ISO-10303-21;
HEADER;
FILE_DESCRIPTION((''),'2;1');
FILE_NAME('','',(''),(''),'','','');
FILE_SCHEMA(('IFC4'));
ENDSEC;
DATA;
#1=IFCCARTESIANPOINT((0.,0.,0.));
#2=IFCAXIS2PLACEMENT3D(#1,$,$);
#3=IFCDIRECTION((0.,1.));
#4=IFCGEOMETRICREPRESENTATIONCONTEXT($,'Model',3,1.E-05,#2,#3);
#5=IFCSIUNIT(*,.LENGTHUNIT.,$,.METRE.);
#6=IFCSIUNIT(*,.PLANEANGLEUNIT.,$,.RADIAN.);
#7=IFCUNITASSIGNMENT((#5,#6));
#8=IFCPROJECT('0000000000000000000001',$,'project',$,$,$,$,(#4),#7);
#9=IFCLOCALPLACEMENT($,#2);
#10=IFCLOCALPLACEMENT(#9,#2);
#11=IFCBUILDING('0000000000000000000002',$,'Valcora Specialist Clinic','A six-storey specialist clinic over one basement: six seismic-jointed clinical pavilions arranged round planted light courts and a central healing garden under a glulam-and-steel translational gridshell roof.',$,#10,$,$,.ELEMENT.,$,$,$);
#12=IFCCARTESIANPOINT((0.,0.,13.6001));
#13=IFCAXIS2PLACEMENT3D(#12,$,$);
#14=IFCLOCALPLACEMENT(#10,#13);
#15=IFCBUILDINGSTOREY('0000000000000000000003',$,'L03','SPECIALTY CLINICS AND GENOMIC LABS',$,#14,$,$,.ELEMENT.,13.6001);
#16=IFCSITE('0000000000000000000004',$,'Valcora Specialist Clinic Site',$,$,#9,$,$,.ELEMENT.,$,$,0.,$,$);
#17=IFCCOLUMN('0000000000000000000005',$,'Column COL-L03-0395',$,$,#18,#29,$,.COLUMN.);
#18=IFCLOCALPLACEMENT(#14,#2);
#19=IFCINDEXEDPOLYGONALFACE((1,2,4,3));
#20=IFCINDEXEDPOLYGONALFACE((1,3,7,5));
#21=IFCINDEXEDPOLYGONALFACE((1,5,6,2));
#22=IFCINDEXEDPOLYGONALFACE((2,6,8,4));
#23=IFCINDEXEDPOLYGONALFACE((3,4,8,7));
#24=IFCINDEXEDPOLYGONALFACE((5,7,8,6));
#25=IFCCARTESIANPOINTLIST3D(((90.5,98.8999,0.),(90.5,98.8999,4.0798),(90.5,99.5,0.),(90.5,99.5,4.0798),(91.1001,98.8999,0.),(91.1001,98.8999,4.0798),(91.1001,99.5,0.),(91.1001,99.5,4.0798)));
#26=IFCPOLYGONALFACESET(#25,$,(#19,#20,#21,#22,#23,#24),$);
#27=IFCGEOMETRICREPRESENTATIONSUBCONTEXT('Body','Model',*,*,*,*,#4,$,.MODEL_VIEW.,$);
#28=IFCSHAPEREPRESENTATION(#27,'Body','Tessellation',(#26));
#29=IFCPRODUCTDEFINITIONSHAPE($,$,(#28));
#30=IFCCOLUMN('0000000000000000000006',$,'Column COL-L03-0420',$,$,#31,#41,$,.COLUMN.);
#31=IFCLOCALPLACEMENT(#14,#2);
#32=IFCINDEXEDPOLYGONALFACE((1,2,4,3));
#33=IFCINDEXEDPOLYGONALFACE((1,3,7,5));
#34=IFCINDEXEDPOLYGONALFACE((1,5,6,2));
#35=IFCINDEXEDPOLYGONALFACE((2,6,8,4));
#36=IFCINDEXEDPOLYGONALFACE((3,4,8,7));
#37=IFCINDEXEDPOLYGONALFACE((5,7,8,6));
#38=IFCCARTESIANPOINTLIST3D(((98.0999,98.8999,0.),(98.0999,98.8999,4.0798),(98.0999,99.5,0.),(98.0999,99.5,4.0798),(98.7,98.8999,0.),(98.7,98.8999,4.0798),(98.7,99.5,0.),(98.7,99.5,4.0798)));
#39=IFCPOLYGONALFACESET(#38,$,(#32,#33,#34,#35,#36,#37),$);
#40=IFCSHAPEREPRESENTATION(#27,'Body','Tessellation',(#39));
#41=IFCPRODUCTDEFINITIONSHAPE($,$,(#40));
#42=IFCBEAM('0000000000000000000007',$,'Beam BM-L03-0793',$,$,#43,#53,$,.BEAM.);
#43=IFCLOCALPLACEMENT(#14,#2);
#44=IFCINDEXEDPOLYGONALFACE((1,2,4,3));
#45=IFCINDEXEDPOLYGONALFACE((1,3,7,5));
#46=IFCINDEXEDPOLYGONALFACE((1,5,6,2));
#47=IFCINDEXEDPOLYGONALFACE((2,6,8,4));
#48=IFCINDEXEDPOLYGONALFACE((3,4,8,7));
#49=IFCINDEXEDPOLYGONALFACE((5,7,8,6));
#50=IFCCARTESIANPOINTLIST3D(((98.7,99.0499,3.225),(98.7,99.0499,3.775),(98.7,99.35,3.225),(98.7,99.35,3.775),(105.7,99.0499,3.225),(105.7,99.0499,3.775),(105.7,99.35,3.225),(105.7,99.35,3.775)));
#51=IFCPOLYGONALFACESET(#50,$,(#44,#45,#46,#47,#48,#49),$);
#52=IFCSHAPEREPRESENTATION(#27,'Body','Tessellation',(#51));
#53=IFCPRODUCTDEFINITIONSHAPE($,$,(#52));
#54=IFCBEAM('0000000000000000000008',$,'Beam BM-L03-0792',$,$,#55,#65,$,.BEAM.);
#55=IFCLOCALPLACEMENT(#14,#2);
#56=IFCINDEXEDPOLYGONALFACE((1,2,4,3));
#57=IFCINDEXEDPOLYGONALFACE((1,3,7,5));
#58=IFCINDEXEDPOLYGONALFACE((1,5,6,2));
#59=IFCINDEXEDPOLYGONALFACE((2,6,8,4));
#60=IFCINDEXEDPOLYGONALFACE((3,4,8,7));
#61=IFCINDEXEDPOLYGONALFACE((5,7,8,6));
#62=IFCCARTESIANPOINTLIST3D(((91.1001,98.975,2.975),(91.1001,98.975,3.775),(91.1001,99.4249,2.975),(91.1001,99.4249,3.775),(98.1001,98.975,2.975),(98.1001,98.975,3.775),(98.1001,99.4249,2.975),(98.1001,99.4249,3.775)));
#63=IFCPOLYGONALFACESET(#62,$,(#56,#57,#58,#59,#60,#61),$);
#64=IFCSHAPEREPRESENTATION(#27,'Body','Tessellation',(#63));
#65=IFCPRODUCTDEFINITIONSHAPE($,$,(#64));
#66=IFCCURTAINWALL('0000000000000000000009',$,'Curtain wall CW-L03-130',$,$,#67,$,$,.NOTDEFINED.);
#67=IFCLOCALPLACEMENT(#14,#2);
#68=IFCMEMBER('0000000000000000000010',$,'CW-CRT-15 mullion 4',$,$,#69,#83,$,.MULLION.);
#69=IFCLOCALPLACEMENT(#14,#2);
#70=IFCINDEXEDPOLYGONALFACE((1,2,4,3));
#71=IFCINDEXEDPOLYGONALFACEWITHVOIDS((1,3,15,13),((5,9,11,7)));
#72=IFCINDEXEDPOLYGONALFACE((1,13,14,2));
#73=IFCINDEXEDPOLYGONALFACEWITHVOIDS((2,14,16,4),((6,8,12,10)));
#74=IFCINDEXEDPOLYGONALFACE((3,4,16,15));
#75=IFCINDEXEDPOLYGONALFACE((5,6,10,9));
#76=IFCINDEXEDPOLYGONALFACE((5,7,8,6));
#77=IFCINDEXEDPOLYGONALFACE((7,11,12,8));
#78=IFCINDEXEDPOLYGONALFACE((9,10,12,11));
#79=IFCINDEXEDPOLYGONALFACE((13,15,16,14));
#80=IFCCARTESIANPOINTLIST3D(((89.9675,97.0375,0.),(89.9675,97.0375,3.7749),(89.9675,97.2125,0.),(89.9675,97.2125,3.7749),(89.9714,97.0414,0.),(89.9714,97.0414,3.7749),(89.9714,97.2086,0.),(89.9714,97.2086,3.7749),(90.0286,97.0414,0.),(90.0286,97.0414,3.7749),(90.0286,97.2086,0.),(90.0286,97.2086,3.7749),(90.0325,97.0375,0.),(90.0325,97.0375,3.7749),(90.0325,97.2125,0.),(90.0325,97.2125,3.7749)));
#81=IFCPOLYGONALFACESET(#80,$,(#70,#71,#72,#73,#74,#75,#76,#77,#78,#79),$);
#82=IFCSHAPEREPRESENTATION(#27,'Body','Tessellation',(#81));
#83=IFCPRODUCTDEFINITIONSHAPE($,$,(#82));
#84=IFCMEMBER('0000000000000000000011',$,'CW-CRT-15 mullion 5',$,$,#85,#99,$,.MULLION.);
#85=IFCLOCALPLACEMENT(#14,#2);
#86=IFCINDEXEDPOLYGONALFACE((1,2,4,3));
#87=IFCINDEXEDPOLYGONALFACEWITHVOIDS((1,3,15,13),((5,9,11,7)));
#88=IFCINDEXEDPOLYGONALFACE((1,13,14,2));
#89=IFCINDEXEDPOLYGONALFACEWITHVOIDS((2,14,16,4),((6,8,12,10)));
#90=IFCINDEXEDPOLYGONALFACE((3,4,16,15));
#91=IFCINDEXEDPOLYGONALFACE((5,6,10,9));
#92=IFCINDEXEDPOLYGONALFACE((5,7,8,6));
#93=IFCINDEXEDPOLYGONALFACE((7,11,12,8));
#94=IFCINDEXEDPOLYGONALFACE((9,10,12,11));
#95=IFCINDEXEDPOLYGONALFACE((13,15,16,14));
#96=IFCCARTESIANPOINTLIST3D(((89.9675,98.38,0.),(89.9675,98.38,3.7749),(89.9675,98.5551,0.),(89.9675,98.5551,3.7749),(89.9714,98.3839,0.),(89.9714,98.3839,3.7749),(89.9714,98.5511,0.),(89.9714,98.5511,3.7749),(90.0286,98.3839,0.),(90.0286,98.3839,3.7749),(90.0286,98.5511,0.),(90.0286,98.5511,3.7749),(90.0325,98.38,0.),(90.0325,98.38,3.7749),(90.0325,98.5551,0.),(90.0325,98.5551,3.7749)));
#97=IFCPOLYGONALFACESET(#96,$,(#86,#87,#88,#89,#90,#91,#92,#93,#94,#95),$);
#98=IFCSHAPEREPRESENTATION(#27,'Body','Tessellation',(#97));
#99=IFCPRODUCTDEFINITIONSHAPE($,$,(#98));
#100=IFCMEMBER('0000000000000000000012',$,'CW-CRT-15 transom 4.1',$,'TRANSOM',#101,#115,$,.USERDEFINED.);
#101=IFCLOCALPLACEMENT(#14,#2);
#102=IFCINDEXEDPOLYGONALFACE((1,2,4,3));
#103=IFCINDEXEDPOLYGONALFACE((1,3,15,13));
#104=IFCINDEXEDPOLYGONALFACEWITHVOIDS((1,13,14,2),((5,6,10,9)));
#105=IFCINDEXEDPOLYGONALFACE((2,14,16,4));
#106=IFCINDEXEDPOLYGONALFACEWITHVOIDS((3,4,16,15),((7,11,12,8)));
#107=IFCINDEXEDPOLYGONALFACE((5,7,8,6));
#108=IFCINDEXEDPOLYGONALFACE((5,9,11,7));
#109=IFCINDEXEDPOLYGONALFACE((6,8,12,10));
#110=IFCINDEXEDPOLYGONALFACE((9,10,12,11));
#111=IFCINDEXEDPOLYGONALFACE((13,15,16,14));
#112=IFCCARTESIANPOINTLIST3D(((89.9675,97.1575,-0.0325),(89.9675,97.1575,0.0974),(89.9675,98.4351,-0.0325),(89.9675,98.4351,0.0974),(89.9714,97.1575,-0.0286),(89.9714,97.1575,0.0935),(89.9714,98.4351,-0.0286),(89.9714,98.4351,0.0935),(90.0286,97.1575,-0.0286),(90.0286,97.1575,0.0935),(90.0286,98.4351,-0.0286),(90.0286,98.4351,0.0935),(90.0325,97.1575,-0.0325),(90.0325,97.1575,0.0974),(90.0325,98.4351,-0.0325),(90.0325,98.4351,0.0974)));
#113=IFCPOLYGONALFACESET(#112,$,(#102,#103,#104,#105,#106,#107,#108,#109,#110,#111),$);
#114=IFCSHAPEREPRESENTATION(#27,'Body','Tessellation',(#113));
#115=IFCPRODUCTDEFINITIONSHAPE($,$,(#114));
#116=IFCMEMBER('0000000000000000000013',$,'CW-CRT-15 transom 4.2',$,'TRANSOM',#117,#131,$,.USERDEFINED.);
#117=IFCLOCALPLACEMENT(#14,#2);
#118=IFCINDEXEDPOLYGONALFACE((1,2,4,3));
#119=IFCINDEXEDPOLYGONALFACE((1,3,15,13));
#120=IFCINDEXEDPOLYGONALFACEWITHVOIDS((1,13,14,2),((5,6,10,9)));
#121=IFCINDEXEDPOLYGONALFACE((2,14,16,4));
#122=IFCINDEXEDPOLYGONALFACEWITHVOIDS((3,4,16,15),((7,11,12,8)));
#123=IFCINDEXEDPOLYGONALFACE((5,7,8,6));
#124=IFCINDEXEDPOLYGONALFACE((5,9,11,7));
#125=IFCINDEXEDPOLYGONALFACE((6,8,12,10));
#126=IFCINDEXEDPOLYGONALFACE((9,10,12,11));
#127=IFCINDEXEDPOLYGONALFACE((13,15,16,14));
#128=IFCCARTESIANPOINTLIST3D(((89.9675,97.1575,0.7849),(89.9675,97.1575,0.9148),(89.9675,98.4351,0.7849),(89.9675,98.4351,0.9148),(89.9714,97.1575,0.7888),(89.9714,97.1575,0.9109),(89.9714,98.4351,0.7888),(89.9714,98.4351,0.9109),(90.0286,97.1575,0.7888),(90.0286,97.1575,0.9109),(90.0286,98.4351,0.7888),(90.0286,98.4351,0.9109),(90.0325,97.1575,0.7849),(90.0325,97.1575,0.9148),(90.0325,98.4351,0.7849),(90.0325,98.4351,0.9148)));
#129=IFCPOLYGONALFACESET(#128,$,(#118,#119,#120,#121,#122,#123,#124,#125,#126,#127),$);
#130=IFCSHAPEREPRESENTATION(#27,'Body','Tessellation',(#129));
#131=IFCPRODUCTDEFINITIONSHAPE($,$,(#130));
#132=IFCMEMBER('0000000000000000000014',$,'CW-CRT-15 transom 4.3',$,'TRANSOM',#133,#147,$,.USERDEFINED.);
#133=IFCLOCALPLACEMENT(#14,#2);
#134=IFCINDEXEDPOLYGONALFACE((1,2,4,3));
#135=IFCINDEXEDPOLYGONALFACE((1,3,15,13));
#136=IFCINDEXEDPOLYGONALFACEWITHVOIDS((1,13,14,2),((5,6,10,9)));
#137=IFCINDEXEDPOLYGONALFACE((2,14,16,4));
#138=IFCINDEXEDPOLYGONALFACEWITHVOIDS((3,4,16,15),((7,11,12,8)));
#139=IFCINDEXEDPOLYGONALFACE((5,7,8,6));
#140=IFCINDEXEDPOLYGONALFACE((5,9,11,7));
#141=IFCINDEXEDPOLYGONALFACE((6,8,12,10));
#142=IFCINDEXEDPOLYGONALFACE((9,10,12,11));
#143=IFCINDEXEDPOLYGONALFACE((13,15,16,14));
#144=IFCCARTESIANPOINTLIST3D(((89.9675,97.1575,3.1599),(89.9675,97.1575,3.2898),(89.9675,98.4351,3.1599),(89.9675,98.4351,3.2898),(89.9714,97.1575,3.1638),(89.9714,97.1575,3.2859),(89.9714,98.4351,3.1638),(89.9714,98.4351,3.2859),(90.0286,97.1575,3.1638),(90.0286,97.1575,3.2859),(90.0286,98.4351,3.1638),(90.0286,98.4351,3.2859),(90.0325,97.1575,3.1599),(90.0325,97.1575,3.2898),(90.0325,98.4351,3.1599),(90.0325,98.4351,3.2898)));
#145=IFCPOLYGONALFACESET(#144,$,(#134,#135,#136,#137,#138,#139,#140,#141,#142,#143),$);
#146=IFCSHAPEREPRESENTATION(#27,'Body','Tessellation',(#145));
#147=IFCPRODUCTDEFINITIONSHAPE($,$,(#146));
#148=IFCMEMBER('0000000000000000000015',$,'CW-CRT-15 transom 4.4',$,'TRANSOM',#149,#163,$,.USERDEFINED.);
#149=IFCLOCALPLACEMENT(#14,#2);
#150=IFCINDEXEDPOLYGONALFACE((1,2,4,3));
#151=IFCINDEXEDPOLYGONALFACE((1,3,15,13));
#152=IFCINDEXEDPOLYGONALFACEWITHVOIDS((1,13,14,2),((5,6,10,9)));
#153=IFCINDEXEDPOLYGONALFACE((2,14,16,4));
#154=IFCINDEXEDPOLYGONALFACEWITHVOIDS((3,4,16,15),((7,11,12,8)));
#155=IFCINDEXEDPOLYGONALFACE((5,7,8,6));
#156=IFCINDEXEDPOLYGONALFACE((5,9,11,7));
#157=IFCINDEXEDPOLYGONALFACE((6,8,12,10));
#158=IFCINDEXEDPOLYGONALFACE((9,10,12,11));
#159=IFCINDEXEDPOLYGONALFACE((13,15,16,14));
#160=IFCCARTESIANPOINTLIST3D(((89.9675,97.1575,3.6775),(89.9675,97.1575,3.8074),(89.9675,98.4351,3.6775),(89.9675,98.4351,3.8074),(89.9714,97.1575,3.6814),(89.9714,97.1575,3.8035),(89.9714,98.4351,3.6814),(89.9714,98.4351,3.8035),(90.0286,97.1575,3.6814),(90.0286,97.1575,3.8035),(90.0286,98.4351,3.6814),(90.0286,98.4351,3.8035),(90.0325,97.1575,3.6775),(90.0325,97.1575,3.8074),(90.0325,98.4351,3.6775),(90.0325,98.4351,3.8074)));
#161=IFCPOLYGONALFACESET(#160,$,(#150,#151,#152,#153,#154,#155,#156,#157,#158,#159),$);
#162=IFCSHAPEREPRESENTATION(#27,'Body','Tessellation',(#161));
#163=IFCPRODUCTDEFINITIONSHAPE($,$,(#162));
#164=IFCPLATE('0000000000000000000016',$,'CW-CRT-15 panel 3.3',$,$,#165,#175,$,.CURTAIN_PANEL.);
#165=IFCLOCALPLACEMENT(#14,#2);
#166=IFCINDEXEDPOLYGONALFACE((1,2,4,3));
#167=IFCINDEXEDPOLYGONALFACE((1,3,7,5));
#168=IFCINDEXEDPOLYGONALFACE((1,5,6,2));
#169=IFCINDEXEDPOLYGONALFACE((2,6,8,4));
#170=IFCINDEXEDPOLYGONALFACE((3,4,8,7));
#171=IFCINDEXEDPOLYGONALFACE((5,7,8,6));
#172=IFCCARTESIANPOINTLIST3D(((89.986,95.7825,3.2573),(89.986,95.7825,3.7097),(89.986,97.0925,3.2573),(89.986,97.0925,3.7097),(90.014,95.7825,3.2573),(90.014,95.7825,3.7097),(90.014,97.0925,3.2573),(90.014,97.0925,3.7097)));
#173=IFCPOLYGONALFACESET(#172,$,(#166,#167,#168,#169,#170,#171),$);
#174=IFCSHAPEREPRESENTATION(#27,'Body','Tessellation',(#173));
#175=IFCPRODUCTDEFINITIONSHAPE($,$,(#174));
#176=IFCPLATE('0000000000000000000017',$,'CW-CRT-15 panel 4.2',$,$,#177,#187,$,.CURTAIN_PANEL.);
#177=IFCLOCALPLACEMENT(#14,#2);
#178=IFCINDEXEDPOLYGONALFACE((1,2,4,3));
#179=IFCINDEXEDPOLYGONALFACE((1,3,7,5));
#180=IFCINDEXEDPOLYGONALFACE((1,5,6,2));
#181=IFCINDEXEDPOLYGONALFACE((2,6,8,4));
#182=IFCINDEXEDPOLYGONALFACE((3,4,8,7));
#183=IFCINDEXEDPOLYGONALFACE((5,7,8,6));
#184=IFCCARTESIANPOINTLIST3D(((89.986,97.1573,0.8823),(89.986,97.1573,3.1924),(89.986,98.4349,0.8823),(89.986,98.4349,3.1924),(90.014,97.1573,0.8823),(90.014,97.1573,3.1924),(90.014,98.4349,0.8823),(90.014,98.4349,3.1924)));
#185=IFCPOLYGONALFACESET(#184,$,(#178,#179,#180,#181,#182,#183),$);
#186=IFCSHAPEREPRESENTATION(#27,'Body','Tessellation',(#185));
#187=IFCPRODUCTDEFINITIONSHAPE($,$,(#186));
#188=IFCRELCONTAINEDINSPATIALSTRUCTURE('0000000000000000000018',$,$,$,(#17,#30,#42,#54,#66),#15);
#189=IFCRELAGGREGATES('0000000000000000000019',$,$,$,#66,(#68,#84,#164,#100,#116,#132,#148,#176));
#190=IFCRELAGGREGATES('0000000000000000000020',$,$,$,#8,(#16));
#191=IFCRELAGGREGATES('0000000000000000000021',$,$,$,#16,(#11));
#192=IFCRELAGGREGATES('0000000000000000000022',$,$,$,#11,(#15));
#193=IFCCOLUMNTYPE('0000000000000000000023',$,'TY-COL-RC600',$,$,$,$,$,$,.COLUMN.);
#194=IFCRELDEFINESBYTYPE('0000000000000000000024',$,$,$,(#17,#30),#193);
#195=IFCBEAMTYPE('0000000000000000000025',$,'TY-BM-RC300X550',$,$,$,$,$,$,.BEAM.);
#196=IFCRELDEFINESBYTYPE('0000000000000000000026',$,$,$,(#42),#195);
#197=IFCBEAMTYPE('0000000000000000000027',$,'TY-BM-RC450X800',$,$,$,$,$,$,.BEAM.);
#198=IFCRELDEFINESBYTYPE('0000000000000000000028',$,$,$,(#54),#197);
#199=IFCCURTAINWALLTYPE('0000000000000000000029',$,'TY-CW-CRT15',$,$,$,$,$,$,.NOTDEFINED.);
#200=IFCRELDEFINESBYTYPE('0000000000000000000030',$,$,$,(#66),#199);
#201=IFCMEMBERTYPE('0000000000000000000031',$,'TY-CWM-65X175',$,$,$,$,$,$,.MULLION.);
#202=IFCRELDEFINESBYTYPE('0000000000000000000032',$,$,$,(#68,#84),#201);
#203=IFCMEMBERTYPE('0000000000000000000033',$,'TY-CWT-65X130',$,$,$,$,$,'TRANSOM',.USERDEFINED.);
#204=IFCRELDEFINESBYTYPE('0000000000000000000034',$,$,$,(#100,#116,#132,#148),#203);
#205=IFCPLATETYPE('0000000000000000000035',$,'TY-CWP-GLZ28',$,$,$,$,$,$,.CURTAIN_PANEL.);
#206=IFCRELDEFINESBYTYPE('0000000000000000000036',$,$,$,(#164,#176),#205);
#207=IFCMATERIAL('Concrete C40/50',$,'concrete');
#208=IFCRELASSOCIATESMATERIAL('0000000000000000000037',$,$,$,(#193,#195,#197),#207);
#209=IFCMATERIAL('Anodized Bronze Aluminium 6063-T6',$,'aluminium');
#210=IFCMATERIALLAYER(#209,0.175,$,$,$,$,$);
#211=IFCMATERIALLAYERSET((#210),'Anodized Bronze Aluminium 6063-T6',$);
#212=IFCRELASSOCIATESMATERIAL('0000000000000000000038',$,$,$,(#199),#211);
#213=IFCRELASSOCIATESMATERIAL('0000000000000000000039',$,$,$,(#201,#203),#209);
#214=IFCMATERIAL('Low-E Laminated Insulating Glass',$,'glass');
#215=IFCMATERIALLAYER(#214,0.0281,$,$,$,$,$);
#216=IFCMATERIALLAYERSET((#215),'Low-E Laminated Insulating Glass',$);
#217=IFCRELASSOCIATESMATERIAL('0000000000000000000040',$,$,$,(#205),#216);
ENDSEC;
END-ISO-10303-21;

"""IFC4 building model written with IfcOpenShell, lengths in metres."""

from ifc_helpers import new_model, si_unit, direction, frame, origin, origin_2d, place, context, subcontext, project, spatial, rectangle, hollow_rectangle, extrude, material, layer, layer_set, material_profile, profile_set, type_object, element, aggregate, save


model = new_model("IFC4")

# Units and contexts
model_context = context("Model", 3, precision=1e-05, world=origin(), true_north=direction((0.0, 1.0)))
body_context = subcontext(model_context, "Body", "Model", "MODEL_VIEW")
ifc_project = project(units=[si_unit("LENGTHUNIT", "METRE"), si_unit("PLANEANGLEUNIT", "RADIAN")], contexts=[model_context])

# Site, building, storey
site_placement = place(None, origin())
site = spatial("IfcSite", under=ifc_project, at=site_placement, Name="Valcora Specialist Clinic Site", CompositionType="ELEMENT", RefElevation=0.0)
building_placement = place(site_placement, origin())
building = spatial("IfcBuilding", under=site, at=building_placement, Name="Valcora Specialist Clinic", Description="A six-storey specialist clinic over one basement: six seismic-jointed clinical pavilions arranged round planted light courts and a central healing garden under a glulam-and-steel translational gridshell roof.", CompositionType="ELEMENT")
storey_placement = place(building_placement, frame((0.0, 0.0, 13.6001)))
storey = spatial("IfcBuildingStorey", under=building, at=storey_placement, Name="L03", Description="SPECIALTY CLINICS AND GENOMIC LABS", CompositionType="ELEMENT", Elevation=13.6001)

# Columns
ifc_material_1 = material(Name="Concrete C40/50", Category="concrete")
ifc_material_profile_1 = material_profile(ifc_material_1, rectangle(XDim=0.6001, YDim=0.6001, at=origin_2d()), Name="RC-COL-600X600")
ifc_profile_set_1 = profile_set([ifc_material_profile_1], Name="Concrete C40/50")
column_type = type_object("IfcColumnType", Name="TY-COL-RC600", PredefinedType="COLUMN", material=ifc_profile_set_1)
for number, where, z_axis, x_axis, name in (
    (1, (90.8, 99.2, 0.0), (0.0, 0.0, 1.0), (1.0, 0.0, 0.0), "Column COL-L03-0395"),
    (2, (98.3999, 99.2, 0.0), (0.0, 0.0, 1.0), (1.0, 0.0, 0.0), "Column COL-L03-0420"),
):
    element("IfcColumn", number, at=place(storey_placement, frame(where, z_axis=z_axis, x_axis=x_axis)), inside=storey, type_object=column_type, Name=name, PredefinedType="COLUMN", context=body_context, shape_type="SweptSolid", body=[
        extrude(rectangle(XDim=0.6001, YDim=0.6001, at=origin_2d()), origin(), (0.0, 0.0, 1.0), 4.0798),
    ])

# Beams
ifc_material_profile_2 = material_profile(ifc_material_1, rectangle(XDim=0.3, YDim=0.55, at=origin_2d()), Name="RC-BM-300X550")
ifc_profile_set_2 = profile_set([ifc_material_profile_2], Name="Concrete C40/50")
beam_type_1 = type_object("IfcBeamType", Name="TY-BM-RC300X550", PredefinedType="BEAM", material=ifc_profile_set_2)
beam_1_placement = place(storey_placement, frame((98.7, 99.2, 3.5), z_axis=(1.0, 0.0, 0.0), x_axis=(0.0, 1.0, 0.0)))
element("IfcBeam", 3, at=beam_1_placement, inside=storey, type_object=beam_type_1, Name="Beam BM-L03-0793", PredefinedType="BEAM", context=body_context, shape_type="SweptSolid", body=[
    extrude(rectangle(XDim=0.3, YDim=0.55, at=origin_2d()), origin(), (0.0, 0.0, 1.0), 7.0),
])
ifc_material_profile_3 = material_profile(ifc_material_1, rectangle(XDim=0.45, YDim=0.8, at=origin_2d()), Name="RC-BM-450X800")
ifc_profile_set_3 = profile_set([ifc_material_profile_3], Name="Concrete C40/50")
beam_type_2 = type_object("IfcBeamType", Name="TY-BM-RC450X800", PredefinedType="BEAM", material=ifc_profile_set_3)
beam_2_placement = place(storey_placement, frame((91.1001, 99.2, 3.375), z_axis=(1.0, 0.0, 0.0), x_axis=(0.0, 1.0, 0.0)))
element("IfcBeam", 4, at=beam_2_placement, inside=storey, type_object=beam_type_2, Name="Beam BM-L03-0792", PredefinedType="BEAM", context=body_context, shape_type="SweptSolid", body=[
    extrude(rectangle(XDim=0.45, YDim=0.8, at=origin_2d()), origin(), (0.0, 0.0, 1.0), 7.0),
])

# Curtain wall, members, plates
ifc_material_2 = material(Name="Anodized Bronze Aluminium 6063-T6", Category="aluminium")
ifc_layer_1 = layer(ifc_material_2, 0.175)
ifc_layer_set_1 = layer_set([ifc_layer_1], Name="Anodized Bronze Aluminium 6063-T6")
curtain_wall_type = type_object("IfcCurtainWallType", Name="TY-CW-CRT15", PredefinedType="NOTDEFINED", material=ifc_layer_set_1)
curtain_wall_placement = place(storey_placement, origin())
curtain_wall = element("IfcCurtainWall", 5, at=curtain_wall_placement, inside=storey, type_object=curtain_wall_type, Name="Curtain wall CW-L03-130", PredefinedType="NOTDEFINED")
ifc_material_profile_4 = material_profile(ifc_material_2, hollow_rectangle(XDim=0.0649, YDim=0.175, WallThickness=0.0039, at=origin_2d()), Name="AL-MUL-65X175")
ifc_profile_set_4 = profile_set([ifc_material_profile_4], Name="Anodized Bronze Aluminium 6063-T6")
member_type_1 = type_object("IfcMemberType", Name="TY-CWM-65X175", PredefinedType="MULLION", material=ifc_profile_set_4)
member_1_placement = place(storey_placement, frame((90.0, 97.125, 0.0), z_axis=(0.0, 0.0, 1.0), x_axis=(-1.0, 0.0, 0.0)))
member_1 = element("IfcMember", 6, at=member_1_placement, type_object=member_type_1, Name="CW-CRT-15 mullion 4", PredefinedType="MULLION", context=body_context, shape_type="SweptSolid", body=[
    extrude(hollow_rectangle(XDim=0.0649, YDim=0.175, WallThickness=0.0039, at=origin_2d()), origin(), (0.0, 0.0, 1.0), 3.7749),
])
member_2_placement = place(storey_placement, frame((90.0, 98.4675, 0.0), z_axis=(0.0, 0.0, 1.0), x_axis=(-1.0, 0.0, 0.0)))
member_2 = element("IfcMember", 7, at=member_2_placement, type_object=member_type_1, Name="CW-CRT-15 mullion 5", PredefinedType="MULLION", context=body_context, shape_type="SweptSolid", body=[
    extrude(hollow_rectangle(XDim=0.0649, YDim=0.175, WallThickness=0.0039, at=origin_2d()), origin(), (0.0, 0.0, 1.0), 3.7749),
])
ifc_material_profile_5 = material_profile(ifc_material_2, hollow_rectangle(XDim=0.0649, YDim=0.1299, WallThickness=0.0039, at=origin_2d()), Name="AL-TRN-65X130")
ifc_profile_set_5 = profile_set([ifc_material_profile_5], Name="Anodized Bronze Aluminium 6063-T6")
member_type_2 = type_object("IfcMemberType", Name="TY-CWT-65X130", ElementType="TRANSOM", PredefinedType="USERDEFINED", material=ifc_profile_set_5)
member_3_placement = place(storey_placement, frame((90.0, 97.1575, 0.0325), z_axis=(0.0, 1.0, 0.0), x_axis=(-1.0, 0.0, 0.0)))
member_3 = element("IfcMember", 8, at=member_3_placement, type_object=member_type_2, Name="CW-CRT-15 transom 4.1", ObjectType="TRANSOM", PredefinedType="USERDEFINED", context=body_context, shape_type="SweptSolid", body=[
    extrude(hollow_rectangle(XDim=0.0649, YDim=0.1299, WallThickness=0.0039, at=origin_2d()), origin(), (0.0, 0.0, 1.0), 1.2776),
])
member_4_placement = place(storey_placement, frame((90.0, 97.1575, 0.8499), z_axis=(0.0, 1.0, 0.0), x_axis=(-1.0, 0.0, 0.0)))
member_4 = element("IfcMember", 9, at=member_4_placement, type_object=member_type_2, Name="CW-CRT-15 transom 4.2", ObjectType="TRANSOM", PredefinedType="USERDEFINED", context=body_context, shape_type="SweptSolid", body=[
    extrude(hollow_rectangle(XDim=0.0649, YDim=0.1299, WallThickness=0.0039, at=origin_2d()), origin(), (0.0, 0.0, 1.0), 1.2776),
])
member_5_placement = place(storey_placement, frame((90.0, 97.1575, 3.2249), z_axis=(0.0, 1.0, 0.0), x_axis=(-1.0, 0.0, 0.0)))
member_5 = element("IfcMember", 10, at=member_5_placement, type_object=member_type_2, Name="CW-CRT-15 transom 4.3", ObjectType="TRANSOM", PredefinedType="USERDEFINED", context=body_context, shape_type="SweptSolid", body=[
    extrude(hollow_rectangle(XDim=0.0649, YDim=0.1299, WallThickness=0.0039, at=origin_2d()), origin(), (0.0, 0.0, 1.0), 1.2776),
])
member_6_placement = place(storey_placement, frame((90.0, 97.1575, 3.7424), z_axis=(0.0, 1.0, 0.0), x_axis=(-1.0, 0.0, 0.0)))
member_6 = element("IfcMember", 11, at=member_6_placement, type_object=member_type_2, Name="CW-CRT-15 transom 4.4", ObjectType="TRANSOM", PredefinedType="USERDEFINED", context=body_context, shape_type="SweptSolid", body=[
    extrude(hollow_rectangle(XDim=0.0649, YDim=0.1299, WallThickness=0.0039, at=origin_2d()), origin(), (0.0, 0.0, 1.0), 1.2776),
])
ifc_material_3 = material(Name="Low-E Laminated Insulating Glass", Category="glass")
ifc_layer_2 = layer(ifc_material_3, 0.0281)
ifc_layer_set_2 = layer_set([ifc_layer_2], Name="Low-E Laminated Insulating Glass")
plate_type_1 = type_object("IfcPlateType", Name="TY-CWP-GLZ28", PredefinedType="CURTAIN_PANEL", material=ifc_layer_set_2)
plate_1_placement = place(storey_placement, frame((90.0, 96.4375, 3.2573), z_axis=(0.0, 0.0, 1.0), x_axis=(0.0, 1.0, 0.0)))
plate_1 = element("IfcPlate", 12, at=plate_1_placement, type_object=plate_type_1, Name="CW-CRT-15 panel 3.3", PredefinedType="CURTAIN_PANEL", context=body_context, shape_type="SweptSolid", body=[
    extrude(rectangle(XDim=1.3101, YDim=0.0281, at=origin_2d()), origin(), (0.0, 0.0, 1.0), 0.4524),
])
plate_2_placement = place(storey_placement, frame((90.0, 97.7961, 0.8823), z_axis=(0.0, 0.0, 1.0), x_axis=(0.0, 1.0, 0.0)))
plate_2 = element("IfcPlate", 13, at=plate_2_placement, type_object=plate_type_1, Name="CW-CRT-15 panel 4.2", PredefinedType="CURTAIN_PANEL", context=body_context, shape_type="SweptSolid", body=[
    extrude(rectangle(XDim=1.2776, YDim=0.0281, at=origin_2d()), origin(), (0.0, 0.0, 1.0), 2.3101),
])
aggregate(curtain_wall, [member_1, member_2, plate_1, member_3, member_4, member_5, member_6, plate_2])

save(model, "model.ifc")
